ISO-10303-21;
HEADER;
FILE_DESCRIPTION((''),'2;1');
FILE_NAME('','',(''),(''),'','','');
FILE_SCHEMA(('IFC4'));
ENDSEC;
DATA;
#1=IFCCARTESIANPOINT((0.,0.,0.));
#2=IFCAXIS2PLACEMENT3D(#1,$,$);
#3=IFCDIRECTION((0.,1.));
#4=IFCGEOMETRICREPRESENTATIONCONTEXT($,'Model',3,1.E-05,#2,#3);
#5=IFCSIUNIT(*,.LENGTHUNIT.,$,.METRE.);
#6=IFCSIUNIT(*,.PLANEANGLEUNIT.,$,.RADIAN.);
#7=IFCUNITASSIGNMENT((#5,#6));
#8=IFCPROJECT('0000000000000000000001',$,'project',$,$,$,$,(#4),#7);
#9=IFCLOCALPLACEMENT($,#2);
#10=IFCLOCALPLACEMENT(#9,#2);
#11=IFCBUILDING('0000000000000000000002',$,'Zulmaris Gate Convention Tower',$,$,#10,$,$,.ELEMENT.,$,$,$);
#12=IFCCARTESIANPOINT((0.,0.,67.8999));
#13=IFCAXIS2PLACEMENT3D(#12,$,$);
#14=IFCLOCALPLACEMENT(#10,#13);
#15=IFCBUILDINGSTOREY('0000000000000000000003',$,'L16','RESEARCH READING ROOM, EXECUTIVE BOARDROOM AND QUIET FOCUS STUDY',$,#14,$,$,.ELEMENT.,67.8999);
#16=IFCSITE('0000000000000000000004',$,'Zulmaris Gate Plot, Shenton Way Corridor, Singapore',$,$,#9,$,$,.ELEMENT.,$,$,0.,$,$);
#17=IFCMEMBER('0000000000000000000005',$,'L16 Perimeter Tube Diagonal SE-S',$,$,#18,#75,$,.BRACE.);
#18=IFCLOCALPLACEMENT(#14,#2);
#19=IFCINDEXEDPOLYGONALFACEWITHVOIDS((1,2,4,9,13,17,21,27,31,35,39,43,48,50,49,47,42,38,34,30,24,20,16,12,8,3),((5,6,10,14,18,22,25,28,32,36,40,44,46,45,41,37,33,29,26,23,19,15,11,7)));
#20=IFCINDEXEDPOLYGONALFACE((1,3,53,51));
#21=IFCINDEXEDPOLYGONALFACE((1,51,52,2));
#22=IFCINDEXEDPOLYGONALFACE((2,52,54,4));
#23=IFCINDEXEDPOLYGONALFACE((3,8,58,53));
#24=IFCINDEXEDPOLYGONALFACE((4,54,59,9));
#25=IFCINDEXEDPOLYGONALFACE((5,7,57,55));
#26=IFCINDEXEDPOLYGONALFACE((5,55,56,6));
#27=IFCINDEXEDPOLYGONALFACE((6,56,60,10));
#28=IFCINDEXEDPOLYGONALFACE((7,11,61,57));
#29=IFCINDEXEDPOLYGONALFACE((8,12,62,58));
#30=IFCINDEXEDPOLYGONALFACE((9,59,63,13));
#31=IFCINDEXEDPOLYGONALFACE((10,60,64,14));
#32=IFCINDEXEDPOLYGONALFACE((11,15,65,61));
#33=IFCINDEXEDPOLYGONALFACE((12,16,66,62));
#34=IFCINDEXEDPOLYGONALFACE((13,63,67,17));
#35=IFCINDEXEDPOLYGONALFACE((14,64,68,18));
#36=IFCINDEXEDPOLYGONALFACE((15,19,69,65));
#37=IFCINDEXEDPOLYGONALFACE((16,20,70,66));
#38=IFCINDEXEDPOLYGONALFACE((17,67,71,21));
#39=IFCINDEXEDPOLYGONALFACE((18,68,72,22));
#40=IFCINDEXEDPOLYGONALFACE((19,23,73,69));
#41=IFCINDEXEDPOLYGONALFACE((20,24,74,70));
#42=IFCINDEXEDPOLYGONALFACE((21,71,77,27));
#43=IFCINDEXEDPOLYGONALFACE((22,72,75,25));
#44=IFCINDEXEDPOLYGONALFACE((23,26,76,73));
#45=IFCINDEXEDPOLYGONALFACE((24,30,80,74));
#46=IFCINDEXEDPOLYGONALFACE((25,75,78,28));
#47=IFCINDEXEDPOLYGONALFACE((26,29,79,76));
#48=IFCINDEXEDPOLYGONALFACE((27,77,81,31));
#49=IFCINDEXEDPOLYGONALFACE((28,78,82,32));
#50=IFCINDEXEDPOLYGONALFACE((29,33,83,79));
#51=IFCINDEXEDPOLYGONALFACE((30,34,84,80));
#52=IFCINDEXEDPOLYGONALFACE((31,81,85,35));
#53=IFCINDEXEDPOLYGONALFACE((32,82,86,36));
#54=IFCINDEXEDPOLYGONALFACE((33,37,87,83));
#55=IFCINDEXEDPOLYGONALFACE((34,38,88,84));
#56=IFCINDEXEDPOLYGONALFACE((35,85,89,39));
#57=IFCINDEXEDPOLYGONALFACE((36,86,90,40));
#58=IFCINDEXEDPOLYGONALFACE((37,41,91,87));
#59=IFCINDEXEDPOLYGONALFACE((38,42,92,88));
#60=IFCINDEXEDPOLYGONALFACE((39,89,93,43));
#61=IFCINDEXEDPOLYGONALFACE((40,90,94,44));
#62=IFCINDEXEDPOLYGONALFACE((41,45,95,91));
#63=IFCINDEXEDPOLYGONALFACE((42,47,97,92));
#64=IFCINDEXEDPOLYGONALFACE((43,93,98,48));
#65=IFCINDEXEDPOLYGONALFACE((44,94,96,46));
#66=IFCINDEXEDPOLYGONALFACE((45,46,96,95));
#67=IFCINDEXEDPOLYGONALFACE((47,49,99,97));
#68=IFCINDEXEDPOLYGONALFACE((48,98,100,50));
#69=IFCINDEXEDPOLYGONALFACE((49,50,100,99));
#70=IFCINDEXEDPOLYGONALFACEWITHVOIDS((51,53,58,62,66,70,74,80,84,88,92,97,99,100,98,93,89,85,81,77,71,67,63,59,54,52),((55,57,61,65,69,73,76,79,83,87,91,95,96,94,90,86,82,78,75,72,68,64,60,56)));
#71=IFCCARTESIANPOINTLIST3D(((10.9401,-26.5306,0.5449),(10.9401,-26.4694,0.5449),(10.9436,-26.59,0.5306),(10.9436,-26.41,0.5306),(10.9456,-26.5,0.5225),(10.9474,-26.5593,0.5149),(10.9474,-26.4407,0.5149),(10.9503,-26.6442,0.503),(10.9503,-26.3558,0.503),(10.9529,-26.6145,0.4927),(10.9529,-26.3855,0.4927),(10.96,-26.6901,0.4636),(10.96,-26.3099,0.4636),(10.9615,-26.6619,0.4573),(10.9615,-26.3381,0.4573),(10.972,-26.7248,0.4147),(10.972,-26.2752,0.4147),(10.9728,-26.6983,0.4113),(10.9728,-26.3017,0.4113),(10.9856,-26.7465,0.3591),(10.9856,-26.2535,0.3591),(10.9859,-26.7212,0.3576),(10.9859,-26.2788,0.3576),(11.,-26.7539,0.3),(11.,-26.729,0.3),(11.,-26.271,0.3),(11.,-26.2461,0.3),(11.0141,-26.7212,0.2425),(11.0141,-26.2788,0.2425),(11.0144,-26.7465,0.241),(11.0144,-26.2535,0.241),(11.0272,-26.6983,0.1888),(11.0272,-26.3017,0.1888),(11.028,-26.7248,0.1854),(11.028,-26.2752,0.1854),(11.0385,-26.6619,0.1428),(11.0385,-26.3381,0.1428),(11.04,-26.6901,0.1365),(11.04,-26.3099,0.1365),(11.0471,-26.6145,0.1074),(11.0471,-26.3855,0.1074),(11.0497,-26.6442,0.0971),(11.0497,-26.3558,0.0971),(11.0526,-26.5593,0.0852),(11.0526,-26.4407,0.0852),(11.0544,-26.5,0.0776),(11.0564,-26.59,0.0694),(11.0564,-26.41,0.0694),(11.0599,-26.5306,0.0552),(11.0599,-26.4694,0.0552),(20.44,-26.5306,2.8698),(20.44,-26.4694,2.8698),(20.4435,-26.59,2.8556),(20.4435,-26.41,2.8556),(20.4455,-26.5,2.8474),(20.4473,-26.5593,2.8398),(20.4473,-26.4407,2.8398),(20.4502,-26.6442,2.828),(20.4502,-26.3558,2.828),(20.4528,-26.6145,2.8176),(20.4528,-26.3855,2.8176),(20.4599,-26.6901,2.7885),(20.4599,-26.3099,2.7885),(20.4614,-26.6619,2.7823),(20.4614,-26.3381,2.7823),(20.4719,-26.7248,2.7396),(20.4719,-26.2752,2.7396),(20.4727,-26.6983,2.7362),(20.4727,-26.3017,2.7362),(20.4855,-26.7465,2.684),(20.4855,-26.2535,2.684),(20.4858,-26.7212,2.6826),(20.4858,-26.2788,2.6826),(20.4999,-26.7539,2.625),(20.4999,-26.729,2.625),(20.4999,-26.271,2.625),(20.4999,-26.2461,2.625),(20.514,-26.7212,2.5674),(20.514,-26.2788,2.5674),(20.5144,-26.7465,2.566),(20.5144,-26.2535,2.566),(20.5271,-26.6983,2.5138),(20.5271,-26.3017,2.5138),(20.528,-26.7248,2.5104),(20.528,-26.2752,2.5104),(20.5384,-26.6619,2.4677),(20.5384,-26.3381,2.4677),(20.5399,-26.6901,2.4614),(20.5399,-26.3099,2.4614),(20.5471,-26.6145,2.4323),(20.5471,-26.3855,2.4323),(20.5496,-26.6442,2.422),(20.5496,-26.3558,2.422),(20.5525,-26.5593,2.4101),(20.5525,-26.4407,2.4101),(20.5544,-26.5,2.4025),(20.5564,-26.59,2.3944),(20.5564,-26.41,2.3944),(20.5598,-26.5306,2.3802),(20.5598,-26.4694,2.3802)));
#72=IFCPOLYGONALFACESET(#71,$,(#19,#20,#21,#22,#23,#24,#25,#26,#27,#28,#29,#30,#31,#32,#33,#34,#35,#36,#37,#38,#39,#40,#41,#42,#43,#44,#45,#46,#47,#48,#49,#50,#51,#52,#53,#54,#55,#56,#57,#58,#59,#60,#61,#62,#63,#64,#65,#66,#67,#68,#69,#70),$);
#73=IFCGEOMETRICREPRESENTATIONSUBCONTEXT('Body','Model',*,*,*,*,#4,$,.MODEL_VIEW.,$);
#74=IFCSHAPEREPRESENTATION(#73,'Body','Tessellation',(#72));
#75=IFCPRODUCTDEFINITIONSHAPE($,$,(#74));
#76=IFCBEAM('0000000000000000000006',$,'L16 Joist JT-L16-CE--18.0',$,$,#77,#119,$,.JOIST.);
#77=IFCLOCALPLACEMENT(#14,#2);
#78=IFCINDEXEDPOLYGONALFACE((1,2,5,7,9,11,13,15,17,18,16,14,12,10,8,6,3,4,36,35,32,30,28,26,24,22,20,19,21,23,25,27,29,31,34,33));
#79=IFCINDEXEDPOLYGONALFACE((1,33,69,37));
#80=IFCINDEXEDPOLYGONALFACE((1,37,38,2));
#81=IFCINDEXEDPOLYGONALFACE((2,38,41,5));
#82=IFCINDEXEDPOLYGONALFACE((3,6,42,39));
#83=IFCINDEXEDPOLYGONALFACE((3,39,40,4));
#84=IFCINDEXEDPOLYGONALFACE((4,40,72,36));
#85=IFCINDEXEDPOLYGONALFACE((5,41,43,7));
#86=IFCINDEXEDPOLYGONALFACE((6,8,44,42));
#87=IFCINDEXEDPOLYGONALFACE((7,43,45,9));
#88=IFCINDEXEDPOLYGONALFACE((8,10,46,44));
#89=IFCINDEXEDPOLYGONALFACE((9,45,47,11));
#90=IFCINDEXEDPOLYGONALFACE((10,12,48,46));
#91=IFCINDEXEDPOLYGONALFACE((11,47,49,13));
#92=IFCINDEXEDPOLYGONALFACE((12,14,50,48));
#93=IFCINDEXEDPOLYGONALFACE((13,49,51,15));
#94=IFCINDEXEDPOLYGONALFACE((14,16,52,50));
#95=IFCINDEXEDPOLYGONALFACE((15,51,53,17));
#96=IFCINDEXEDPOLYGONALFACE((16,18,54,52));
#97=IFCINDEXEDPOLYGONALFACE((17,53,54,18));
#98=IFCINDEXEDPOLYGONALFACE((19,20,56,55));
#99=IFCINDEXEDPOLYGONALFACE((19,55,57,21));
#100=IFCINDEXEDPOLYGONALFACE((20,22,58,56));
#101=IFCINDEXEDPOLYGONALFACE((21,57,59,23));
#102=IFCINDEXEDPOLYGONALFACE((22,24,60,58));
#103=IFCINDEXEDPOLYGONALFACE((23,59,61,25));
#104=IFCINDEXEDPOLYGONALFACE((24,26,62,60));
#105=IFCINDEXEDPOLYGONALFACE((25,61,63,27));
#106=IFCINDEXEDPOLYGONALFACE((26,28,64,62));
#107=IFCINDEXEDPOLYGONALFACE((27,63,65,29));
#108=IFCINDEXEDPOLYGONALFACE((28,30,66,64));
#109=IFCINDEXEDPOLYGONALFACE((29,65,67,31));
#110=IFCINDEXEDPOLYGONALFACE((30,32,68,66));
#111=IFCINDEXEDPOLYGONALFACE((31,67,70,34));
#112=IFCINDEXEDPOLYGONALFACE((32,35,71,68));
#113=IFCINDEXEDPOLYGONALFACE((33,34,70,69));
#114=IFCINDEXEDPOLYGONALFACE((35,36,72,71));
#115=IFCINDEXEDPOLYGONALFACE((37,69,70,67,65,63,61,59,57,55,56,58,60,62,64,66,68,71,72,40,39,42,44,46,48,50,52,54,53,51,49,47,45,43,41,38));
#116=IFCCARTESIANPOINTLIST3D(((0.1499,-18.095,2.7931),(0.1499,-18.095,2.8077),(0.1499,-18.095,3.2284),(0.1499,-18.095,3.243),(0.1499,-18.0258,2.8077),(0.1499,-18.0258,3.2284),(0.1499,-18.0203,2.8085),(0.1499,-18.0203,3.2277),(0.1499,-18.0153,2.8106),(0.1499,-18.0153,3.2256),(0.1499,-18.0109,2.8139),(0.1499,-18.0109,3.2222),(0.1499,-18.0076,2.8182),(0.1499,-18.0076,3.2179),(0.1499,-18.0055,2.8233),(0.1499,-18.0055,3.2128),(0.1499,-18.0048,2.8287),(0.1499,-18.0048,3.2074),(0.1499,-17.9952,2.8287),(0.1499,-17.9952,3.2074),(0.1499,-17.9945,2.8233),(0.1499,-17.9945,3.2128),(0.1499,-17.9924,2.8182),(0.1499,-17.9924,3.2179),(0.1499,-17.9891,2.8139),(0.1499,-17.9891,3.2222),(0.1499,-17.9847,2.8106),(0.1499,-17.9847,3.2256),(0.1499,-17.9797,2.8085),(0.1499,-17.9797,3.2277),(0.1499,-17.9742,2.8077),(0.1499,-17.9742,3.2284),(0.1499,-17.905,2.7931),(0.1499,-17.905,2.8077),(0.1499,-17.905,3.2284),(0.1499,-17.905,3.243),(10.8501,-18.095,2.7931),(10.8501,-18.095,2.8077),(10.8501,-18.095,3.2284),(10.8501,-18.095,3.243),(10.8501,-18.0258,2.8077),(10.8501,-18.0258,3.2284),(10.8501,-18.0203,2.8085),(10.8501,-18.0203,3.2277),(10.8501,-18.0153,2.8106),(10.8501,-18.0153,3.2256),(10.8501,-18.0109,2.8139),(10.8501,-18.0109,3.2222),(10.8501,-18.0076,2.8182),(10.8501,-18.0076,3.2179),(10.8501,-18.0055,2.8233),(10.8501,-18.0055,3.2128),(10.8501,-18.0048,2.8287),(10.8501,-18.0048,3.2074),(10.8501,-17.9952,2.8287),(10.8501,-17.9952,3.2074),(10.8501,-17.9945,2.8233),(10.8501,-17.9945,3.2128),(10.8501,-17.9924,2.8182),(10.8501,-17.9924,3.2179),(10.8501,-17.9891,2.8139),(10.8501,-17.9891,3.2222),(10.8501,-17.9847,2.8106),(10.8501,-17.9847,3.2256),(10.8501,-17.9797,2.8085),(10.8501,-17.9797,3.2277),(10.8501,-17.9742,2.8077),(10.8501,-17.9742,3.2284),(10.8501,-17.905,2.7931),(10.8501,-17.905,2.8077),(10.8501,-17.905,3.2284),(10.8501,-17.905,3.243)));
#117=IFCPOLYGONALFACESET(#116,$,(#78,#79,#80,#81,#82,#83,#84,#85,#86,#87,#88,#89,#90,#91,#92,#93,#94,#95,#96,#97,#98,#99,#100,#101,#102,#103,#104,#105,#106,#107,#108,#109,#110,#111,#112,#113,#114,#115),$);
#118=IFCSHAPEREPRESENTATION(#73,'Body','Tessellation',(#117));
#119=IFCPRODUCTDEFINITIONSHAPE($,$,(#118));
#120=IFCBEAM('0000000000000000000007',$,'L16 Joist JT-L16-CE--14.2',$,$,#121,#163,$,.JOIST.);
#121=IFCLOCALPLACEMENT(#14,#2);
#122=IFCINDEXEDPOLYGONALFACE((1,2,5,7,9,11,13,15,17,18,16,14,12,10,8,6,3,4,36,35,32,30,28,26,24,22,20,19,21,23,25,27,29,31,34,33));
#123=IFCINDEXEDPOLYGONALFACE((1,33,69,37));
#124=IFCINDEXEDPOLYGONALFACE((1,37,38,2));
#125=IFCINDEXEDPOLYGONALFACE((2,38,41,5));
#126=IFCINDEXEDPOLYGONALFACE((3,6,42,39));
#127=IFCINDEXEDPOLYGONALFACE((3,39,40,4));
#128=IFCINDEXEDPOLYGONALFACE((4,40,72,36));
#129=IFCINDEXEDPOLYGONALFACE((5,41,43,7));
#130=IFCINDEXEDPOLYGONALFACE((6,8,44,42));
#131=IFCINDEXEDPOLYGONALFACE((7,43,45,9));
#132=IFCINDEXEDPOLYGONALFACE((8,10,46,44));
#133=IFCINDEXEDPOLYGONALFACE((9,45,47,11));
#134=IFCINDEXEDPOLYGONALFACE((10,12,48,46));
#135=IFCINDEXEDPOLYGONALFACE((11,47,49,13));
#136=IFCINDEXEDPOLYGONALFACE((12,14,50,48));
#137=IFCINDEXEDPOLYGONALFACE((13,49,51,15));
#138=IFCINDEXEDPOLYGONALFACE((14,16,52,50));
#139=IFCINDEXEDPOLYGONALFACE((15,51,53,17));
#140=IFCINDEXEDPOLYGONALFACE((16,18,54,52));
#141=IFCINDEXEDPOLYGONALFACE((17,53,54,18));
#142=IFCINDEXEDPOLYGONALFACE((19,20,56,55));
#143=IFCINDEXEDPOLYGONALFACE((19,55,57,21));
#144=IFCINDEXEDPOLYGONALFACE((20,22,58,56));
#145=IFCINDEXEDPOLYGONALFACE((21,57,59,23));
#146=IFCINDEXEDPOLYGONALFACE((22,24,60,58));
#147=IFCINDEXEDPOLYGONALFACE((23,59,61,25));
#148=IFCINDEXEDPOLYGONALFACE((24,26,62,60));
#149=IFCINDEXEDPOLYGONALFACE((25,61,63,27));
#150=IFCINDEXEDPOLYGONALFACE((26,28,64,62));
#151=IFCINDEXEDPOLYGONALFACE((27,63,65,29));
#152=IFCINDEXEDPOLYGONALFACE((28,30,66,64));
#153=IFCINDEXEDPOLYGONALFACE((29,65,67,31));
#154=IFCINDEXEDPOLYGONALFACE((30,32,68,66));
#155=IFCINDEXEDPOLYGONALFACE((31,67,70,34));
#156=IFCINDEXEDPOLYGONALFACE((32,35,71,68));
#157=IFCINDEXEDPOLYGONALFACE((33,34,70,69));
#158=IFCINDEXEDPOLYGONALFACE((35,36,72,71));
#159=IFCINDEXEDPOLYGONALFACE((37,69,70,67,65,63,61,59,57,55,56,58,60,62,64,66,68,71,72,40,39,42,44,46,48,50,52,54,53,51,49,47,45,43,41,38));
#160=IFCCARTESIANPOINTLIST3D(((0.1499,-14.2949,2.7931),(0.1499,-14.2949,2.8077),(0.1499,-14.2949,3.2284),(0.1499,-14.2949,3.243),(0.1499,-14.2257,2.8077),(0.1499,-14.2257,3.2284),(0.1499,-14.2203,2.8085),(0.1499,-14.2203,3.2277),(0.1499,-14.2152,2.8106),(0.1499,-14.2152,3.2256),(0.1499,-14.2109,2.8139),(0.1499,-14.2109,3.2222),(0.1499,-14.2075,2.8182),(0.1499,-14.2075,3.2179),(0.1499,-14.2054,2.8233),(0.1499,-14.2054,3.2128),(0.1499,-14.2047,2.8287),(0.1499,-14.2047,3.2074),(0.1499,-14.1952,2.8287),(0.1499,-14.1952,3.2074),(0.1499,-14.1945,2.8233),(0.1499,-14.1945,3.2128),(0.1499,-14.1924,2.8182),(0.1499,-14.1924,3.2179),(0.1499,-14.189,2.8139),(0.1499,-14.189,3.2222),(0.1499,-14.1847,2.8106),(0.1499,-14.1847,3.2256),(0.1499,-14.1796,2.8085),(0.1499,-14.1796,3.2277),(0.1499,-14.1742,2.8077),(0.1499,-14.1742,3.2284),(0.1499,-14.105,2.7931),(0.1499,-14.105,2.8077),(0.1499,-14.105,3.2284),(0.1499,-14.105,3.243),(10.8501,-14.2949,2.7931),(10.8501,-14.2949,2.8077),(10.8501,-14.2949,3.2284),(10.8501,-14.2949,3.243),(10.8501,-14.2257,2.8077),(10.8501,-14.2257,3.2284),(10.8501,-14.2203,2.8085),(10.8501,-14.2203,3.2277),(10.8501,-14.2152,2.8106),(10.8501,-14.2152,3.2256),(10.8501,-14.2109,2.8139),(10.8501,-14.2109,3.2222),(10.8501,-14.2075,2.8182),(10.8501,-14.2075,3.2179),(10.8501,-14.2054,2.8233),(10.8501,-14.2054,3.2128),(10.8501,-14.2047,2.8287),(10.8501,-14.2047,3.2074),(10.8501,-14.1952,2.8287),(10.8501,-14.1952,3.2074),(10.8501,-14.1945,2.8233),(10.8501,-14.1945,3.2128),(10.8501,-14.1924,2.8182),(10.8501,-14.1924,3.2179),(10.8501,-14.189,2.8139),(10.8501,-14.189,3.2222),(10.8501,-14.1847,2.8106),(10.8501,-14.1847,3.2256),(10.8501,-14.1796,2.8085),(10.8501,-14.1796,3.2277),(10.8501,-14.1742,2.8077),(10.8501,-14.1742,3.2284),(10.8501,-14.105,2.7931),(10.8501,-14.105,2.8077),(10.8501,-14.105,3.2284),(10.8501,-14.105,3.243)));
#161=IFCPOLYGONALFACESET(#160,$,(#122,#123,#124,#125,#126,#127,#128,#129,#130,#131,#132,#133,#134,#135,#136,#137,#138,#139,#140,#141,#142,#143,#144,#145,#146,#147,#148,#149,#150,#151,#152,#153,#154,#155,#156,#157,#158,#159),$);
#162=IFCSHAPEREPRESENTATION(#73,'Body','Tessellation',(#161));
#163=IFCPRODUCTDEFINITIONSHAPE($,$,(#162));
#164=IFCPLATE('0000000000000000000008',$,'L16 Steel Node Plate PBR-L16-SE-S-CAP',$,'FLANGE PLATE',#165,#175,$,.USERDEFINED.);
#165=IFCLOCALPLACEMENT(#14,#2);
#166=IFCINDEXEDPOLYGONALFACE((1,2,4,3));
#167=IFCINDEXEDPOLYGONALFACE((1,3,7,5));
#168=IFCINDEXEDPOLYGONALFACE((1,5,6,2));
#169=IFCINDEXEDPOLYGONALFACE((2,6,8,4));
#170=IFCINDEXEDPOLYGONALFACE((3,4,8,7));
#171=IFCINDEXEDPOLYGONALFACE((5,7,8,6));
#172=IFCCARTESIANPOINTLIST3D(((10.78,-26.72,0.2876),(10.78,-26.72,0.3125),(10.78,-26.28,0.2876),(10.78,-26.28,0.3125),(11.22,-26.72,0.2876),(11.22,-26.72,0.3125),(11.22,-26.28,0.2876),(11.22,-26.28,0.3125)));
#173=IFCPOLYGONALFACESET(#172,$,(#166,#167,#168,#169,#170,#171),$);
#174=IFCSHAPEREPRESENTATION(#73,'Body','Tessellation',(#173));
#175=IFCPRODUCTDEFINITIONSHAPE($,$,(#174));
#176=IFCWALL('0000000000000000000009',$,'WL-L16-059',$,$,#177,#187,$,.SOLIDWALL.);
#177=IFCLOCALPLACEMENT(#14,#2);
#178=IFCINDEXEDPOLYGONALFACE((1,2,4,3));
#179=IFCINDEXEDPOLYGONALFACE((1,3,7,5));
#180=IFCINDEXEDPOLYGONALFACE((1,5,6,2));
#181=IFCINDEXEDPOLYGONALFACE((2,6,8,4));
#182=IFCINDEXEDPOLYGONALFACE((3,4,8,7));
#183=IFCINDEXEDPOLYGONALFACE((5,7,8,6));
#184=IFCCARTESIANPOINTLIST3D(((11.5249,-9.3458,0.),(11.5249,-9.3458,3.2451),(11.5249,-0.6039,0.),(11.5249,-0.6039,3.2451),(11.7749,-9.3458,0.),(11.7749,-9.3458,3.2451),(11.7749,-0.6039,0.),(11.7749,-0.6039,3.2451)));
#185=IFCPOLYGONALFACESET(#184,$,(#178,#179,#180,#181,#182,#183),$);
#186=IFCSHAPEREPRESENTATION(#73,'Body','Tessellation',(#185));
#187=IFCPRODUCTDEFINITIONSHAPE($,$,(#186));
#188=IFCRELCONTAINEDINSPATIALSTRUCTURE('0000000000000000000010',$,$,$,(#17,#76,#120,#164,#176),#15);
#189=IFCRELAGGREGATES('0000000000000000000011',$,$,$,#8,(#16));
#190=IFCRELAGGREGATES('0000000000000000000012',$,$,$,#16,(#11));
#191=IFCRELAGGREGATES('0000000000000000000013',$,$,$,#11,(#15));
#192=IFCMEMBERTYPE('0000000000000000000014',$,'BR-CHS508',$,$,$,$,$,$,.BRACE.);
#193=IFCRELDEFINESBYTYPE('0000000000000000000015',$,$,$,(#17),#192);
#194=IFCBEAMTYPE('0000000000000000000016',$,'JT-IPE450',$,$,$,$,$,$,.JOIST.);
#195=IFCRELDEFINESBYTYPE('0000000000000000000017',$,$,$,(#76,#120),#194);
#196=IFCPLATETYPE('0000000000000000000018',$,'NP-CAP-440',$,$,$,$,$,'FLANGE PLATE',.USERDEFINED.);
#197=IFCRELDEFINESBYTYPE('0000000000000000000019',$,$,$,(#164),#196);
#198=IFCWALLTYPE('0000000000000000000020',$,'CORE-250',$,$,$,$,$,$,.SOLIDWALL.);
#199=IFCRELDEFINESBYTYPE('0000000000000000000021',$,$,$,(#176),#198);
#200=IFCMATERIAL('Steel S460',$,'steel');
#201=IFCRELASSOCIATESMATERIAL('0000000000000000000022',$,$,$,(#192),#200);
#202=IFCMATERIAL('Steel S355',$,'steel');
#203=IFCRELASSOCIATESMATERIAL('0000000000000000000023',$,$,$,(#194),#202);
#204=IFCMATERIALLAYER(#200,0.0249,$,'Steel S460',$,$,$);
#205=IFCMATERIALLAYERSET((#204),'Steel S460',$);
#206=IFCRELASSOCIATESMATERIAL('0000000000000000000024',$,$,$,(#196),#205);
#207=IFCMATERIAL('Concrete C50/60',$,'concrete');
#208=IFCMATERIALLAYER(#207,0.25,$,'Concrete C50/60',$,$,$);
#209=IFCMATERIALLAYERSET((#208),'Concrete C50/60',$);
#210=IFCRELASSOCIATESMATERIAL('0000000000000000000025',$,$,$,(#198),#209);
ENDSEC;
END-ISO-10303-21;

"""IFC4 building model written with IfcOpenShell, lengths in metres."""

from ifc_helpers import new_model, si_unit, direction, frame, frame_2d, origin, origin_2d, place, context, subcontext, project, spatial, rectangle, hollow_circle, i_section, extrude, material, layer, layer_set, material_profile, profile_set, type_object, element, save


model = new_model("IFC4")

# Units and contexts
model_context = context("Model", 3, precision=1e-05, world=origin(), true_north=direction((0.0, 1.0)))
body_context = subcontext(model_context, "Body", "Model", "MODEL_VIEW")
ifc_project = project(units=[si_unit("LENGTHUNIT", "METRE"), si_unit("PLANEANGLEUNIT", "RADIAN")], contexts=[model_context])

# Site, building, storey
site_placement = place(None, origin())
site = spatial("IfcSite", under=ifc_project, at=site_placement, Name="Zulmaris Gate Plot, Shenton Way Corridor, Singapore", CompositionType="ELEMENT", RefElevation=0.0)
building_placement = place(site_placement, origin())
building = spatial("IfcBuilding", under=site, at=building_placement, Name="Zulmaris Gate Convention Tower", CompositionType="ELEMENT")
storey_placement = place(building_placement, frame((0.0, 0.0, 67.8999)))
storey = spatial("IfcBuildingStorey", under=building, at=storey_placement, Name="L16", Description="RESEARCH READING ROOM, EXECUTIVE BOARDROOM AND QUIET FOCUS STUDY", CompositionType="ELEMENT", Elevation=67.8999)

# Shared definitions
ifc_material_1 = material(Name="Steel S355", Category="steel")

# Member
ifc_material_2 = material(Name="Steel S460", Category="steel")
ifc_material_profile_1 = material_profile(ifc_material_2, hollow_circle(Radius=0.2539, WallThickness=0.0249, at=origin_2d()), Name="CHS 508x25")
ifc_profile_set_1 = profile_set([ifc_material_profile_1], Name="Steel S460")
member_type = type_object("IfcMemberType", Name="BR-CHS508", PredefinedType="BRACE", material=ifc_profile_set_1)
member_placement = place(storey_placement, frame((11.0, -26.5, 0.3), z_axis=(0.971335, 0.0, 0.237716), x_axis=(0.0, 1.0, 0.0)))
element("IfcMember", 1, at=member_placement, inside=storey, type_object=member_type, Name="L16 Perimeter Tube Diagonal SE-S", PredefinedType="BRACE", context=body_context, shape_type="SweptSolid", body=[
    extrude(hollow_circle(Radius=0.2539, WallThickness=0.0249, at=origin_2d()), origin(), (0.0, 0.0, 1.0), 9.7803),
])

# Beams
ifc_material_profile_2 = material_profile(ifc_material_1, i_section(OverallWidth=0.1899, OverallDepth=0.45, WebThickness=0.0095, FlangeThickness=0.0146, FilletRadius=0.021, at=origin_2d()), Name="IPE 450")
ifc_profile_set_2 = profile_set([ifc_material_profile_2], Name="Steel S355")
beam_type_1 = type_object("IfcBeamType", Name="JT-IPE450", PredefinedType="JOIST", material=ifc_profile_set_2)
for number, where, z_axis, x_axis, name in (
    (2, (0.1499, -18.0, 3.0181), (1.0, 0.0, 0.0), (0.0, 1.0, 0.0), "L16 Joist JT-L16-CE--18.0"),
    (3, (0.1499, -14.2, 3.0181), (1.0, 0.0, 0.0), (0.0, 1.0, 0.0), "L16 Joist JT-L16-CE--14.2"),
):
    element("IfcBeam", number, at=place(storey_placement, frame(where, z_axis=z_axis, x_axis=x_axis)), inside=storey, type_object=beam_type_1, Name=name, PredefinedType="JOIST", context=body_context, shape_type="SweptSolid", body=[
        extrude(i_section(OverallWidth=0.1899, OverallDepth=0.45, WebThickness=0.0095, FlangeThickness=0.0146, FilletRadius=0.021, at=origin_2d()), origin(), (0.0, 0.0, 1.0), 10.7002),
    ])

# Plate
ifc_layer_1 = layer(ifc_material_2, 0.0249, Name="Steel S460")
ifc_layer_set_1 = layer_set([ifc_layer_1], Name="Steel S460")
plate_type = type_object("IfcPlateType", Name="NP-CAP-440", ElementType="FLANGE PLATE", PredefinedType="USERDEFINED", material=ifc_layer_set_1)
plate_placement = place(storey_placement, frame((11.0, -26.5, 0.2876), z_axis=(0.0, 0.0, 1.0), x_axis=(1.0, 0.0, 0.0)))
element("IfcPlate", 4, at=plate_placement, inside=storey, type_object=plate_type, Name="L16 Steel Node Plate PBR-L16-SE-S-CAP", ObjectType="FLANGE PLATE", PredefinedType="USERDEFINED", context=body_context, shape_type="SweptSolid", body=[
    extrude(rectangle(XDim=0.4399, YDim=0.4399, at=origin_2d()), origin(), (0.0, 0.0, 1.0), 0.0249),
])

# Wall
ifc_material_3 = material(Name="Concrete C50/60", Category="concrete")
ifc_layer_2 = layer(ifc_material_3, 0.25, Name="Concrete C50/60")
ifc_layer_set_2 = layer_set([ifc_layer_2], Name="Concrete C50/60")
wall_type_1 = type_object("IfcWallType", Name="CORE-250", PredefinedType="SOLIDWALL", material=ifc_layer_set_2)
wall_1_placement = place(storey_placement, frame((11.6499, -9.3459, 0.0), z_axis=(0.0, 0.0, 1.0), x_axis=(0.0, 1.0, 0.0)))
element("IfcWall", 5, at=wall_1_placement, inside=storey, type_object=wall_type_1, Name="WL-L16-059", PredefinedType="SOLIDWALL", context=body_context, shape_type="SweptSolid", body=[
    extrude(rectangle(XDim=8.7419, YDim=0.25, at=frame_2d((4.3711, 0.0))), origin(), (0.0, 0.0, 1.0), 3.2451),
])

save(model, "model.ifc")
